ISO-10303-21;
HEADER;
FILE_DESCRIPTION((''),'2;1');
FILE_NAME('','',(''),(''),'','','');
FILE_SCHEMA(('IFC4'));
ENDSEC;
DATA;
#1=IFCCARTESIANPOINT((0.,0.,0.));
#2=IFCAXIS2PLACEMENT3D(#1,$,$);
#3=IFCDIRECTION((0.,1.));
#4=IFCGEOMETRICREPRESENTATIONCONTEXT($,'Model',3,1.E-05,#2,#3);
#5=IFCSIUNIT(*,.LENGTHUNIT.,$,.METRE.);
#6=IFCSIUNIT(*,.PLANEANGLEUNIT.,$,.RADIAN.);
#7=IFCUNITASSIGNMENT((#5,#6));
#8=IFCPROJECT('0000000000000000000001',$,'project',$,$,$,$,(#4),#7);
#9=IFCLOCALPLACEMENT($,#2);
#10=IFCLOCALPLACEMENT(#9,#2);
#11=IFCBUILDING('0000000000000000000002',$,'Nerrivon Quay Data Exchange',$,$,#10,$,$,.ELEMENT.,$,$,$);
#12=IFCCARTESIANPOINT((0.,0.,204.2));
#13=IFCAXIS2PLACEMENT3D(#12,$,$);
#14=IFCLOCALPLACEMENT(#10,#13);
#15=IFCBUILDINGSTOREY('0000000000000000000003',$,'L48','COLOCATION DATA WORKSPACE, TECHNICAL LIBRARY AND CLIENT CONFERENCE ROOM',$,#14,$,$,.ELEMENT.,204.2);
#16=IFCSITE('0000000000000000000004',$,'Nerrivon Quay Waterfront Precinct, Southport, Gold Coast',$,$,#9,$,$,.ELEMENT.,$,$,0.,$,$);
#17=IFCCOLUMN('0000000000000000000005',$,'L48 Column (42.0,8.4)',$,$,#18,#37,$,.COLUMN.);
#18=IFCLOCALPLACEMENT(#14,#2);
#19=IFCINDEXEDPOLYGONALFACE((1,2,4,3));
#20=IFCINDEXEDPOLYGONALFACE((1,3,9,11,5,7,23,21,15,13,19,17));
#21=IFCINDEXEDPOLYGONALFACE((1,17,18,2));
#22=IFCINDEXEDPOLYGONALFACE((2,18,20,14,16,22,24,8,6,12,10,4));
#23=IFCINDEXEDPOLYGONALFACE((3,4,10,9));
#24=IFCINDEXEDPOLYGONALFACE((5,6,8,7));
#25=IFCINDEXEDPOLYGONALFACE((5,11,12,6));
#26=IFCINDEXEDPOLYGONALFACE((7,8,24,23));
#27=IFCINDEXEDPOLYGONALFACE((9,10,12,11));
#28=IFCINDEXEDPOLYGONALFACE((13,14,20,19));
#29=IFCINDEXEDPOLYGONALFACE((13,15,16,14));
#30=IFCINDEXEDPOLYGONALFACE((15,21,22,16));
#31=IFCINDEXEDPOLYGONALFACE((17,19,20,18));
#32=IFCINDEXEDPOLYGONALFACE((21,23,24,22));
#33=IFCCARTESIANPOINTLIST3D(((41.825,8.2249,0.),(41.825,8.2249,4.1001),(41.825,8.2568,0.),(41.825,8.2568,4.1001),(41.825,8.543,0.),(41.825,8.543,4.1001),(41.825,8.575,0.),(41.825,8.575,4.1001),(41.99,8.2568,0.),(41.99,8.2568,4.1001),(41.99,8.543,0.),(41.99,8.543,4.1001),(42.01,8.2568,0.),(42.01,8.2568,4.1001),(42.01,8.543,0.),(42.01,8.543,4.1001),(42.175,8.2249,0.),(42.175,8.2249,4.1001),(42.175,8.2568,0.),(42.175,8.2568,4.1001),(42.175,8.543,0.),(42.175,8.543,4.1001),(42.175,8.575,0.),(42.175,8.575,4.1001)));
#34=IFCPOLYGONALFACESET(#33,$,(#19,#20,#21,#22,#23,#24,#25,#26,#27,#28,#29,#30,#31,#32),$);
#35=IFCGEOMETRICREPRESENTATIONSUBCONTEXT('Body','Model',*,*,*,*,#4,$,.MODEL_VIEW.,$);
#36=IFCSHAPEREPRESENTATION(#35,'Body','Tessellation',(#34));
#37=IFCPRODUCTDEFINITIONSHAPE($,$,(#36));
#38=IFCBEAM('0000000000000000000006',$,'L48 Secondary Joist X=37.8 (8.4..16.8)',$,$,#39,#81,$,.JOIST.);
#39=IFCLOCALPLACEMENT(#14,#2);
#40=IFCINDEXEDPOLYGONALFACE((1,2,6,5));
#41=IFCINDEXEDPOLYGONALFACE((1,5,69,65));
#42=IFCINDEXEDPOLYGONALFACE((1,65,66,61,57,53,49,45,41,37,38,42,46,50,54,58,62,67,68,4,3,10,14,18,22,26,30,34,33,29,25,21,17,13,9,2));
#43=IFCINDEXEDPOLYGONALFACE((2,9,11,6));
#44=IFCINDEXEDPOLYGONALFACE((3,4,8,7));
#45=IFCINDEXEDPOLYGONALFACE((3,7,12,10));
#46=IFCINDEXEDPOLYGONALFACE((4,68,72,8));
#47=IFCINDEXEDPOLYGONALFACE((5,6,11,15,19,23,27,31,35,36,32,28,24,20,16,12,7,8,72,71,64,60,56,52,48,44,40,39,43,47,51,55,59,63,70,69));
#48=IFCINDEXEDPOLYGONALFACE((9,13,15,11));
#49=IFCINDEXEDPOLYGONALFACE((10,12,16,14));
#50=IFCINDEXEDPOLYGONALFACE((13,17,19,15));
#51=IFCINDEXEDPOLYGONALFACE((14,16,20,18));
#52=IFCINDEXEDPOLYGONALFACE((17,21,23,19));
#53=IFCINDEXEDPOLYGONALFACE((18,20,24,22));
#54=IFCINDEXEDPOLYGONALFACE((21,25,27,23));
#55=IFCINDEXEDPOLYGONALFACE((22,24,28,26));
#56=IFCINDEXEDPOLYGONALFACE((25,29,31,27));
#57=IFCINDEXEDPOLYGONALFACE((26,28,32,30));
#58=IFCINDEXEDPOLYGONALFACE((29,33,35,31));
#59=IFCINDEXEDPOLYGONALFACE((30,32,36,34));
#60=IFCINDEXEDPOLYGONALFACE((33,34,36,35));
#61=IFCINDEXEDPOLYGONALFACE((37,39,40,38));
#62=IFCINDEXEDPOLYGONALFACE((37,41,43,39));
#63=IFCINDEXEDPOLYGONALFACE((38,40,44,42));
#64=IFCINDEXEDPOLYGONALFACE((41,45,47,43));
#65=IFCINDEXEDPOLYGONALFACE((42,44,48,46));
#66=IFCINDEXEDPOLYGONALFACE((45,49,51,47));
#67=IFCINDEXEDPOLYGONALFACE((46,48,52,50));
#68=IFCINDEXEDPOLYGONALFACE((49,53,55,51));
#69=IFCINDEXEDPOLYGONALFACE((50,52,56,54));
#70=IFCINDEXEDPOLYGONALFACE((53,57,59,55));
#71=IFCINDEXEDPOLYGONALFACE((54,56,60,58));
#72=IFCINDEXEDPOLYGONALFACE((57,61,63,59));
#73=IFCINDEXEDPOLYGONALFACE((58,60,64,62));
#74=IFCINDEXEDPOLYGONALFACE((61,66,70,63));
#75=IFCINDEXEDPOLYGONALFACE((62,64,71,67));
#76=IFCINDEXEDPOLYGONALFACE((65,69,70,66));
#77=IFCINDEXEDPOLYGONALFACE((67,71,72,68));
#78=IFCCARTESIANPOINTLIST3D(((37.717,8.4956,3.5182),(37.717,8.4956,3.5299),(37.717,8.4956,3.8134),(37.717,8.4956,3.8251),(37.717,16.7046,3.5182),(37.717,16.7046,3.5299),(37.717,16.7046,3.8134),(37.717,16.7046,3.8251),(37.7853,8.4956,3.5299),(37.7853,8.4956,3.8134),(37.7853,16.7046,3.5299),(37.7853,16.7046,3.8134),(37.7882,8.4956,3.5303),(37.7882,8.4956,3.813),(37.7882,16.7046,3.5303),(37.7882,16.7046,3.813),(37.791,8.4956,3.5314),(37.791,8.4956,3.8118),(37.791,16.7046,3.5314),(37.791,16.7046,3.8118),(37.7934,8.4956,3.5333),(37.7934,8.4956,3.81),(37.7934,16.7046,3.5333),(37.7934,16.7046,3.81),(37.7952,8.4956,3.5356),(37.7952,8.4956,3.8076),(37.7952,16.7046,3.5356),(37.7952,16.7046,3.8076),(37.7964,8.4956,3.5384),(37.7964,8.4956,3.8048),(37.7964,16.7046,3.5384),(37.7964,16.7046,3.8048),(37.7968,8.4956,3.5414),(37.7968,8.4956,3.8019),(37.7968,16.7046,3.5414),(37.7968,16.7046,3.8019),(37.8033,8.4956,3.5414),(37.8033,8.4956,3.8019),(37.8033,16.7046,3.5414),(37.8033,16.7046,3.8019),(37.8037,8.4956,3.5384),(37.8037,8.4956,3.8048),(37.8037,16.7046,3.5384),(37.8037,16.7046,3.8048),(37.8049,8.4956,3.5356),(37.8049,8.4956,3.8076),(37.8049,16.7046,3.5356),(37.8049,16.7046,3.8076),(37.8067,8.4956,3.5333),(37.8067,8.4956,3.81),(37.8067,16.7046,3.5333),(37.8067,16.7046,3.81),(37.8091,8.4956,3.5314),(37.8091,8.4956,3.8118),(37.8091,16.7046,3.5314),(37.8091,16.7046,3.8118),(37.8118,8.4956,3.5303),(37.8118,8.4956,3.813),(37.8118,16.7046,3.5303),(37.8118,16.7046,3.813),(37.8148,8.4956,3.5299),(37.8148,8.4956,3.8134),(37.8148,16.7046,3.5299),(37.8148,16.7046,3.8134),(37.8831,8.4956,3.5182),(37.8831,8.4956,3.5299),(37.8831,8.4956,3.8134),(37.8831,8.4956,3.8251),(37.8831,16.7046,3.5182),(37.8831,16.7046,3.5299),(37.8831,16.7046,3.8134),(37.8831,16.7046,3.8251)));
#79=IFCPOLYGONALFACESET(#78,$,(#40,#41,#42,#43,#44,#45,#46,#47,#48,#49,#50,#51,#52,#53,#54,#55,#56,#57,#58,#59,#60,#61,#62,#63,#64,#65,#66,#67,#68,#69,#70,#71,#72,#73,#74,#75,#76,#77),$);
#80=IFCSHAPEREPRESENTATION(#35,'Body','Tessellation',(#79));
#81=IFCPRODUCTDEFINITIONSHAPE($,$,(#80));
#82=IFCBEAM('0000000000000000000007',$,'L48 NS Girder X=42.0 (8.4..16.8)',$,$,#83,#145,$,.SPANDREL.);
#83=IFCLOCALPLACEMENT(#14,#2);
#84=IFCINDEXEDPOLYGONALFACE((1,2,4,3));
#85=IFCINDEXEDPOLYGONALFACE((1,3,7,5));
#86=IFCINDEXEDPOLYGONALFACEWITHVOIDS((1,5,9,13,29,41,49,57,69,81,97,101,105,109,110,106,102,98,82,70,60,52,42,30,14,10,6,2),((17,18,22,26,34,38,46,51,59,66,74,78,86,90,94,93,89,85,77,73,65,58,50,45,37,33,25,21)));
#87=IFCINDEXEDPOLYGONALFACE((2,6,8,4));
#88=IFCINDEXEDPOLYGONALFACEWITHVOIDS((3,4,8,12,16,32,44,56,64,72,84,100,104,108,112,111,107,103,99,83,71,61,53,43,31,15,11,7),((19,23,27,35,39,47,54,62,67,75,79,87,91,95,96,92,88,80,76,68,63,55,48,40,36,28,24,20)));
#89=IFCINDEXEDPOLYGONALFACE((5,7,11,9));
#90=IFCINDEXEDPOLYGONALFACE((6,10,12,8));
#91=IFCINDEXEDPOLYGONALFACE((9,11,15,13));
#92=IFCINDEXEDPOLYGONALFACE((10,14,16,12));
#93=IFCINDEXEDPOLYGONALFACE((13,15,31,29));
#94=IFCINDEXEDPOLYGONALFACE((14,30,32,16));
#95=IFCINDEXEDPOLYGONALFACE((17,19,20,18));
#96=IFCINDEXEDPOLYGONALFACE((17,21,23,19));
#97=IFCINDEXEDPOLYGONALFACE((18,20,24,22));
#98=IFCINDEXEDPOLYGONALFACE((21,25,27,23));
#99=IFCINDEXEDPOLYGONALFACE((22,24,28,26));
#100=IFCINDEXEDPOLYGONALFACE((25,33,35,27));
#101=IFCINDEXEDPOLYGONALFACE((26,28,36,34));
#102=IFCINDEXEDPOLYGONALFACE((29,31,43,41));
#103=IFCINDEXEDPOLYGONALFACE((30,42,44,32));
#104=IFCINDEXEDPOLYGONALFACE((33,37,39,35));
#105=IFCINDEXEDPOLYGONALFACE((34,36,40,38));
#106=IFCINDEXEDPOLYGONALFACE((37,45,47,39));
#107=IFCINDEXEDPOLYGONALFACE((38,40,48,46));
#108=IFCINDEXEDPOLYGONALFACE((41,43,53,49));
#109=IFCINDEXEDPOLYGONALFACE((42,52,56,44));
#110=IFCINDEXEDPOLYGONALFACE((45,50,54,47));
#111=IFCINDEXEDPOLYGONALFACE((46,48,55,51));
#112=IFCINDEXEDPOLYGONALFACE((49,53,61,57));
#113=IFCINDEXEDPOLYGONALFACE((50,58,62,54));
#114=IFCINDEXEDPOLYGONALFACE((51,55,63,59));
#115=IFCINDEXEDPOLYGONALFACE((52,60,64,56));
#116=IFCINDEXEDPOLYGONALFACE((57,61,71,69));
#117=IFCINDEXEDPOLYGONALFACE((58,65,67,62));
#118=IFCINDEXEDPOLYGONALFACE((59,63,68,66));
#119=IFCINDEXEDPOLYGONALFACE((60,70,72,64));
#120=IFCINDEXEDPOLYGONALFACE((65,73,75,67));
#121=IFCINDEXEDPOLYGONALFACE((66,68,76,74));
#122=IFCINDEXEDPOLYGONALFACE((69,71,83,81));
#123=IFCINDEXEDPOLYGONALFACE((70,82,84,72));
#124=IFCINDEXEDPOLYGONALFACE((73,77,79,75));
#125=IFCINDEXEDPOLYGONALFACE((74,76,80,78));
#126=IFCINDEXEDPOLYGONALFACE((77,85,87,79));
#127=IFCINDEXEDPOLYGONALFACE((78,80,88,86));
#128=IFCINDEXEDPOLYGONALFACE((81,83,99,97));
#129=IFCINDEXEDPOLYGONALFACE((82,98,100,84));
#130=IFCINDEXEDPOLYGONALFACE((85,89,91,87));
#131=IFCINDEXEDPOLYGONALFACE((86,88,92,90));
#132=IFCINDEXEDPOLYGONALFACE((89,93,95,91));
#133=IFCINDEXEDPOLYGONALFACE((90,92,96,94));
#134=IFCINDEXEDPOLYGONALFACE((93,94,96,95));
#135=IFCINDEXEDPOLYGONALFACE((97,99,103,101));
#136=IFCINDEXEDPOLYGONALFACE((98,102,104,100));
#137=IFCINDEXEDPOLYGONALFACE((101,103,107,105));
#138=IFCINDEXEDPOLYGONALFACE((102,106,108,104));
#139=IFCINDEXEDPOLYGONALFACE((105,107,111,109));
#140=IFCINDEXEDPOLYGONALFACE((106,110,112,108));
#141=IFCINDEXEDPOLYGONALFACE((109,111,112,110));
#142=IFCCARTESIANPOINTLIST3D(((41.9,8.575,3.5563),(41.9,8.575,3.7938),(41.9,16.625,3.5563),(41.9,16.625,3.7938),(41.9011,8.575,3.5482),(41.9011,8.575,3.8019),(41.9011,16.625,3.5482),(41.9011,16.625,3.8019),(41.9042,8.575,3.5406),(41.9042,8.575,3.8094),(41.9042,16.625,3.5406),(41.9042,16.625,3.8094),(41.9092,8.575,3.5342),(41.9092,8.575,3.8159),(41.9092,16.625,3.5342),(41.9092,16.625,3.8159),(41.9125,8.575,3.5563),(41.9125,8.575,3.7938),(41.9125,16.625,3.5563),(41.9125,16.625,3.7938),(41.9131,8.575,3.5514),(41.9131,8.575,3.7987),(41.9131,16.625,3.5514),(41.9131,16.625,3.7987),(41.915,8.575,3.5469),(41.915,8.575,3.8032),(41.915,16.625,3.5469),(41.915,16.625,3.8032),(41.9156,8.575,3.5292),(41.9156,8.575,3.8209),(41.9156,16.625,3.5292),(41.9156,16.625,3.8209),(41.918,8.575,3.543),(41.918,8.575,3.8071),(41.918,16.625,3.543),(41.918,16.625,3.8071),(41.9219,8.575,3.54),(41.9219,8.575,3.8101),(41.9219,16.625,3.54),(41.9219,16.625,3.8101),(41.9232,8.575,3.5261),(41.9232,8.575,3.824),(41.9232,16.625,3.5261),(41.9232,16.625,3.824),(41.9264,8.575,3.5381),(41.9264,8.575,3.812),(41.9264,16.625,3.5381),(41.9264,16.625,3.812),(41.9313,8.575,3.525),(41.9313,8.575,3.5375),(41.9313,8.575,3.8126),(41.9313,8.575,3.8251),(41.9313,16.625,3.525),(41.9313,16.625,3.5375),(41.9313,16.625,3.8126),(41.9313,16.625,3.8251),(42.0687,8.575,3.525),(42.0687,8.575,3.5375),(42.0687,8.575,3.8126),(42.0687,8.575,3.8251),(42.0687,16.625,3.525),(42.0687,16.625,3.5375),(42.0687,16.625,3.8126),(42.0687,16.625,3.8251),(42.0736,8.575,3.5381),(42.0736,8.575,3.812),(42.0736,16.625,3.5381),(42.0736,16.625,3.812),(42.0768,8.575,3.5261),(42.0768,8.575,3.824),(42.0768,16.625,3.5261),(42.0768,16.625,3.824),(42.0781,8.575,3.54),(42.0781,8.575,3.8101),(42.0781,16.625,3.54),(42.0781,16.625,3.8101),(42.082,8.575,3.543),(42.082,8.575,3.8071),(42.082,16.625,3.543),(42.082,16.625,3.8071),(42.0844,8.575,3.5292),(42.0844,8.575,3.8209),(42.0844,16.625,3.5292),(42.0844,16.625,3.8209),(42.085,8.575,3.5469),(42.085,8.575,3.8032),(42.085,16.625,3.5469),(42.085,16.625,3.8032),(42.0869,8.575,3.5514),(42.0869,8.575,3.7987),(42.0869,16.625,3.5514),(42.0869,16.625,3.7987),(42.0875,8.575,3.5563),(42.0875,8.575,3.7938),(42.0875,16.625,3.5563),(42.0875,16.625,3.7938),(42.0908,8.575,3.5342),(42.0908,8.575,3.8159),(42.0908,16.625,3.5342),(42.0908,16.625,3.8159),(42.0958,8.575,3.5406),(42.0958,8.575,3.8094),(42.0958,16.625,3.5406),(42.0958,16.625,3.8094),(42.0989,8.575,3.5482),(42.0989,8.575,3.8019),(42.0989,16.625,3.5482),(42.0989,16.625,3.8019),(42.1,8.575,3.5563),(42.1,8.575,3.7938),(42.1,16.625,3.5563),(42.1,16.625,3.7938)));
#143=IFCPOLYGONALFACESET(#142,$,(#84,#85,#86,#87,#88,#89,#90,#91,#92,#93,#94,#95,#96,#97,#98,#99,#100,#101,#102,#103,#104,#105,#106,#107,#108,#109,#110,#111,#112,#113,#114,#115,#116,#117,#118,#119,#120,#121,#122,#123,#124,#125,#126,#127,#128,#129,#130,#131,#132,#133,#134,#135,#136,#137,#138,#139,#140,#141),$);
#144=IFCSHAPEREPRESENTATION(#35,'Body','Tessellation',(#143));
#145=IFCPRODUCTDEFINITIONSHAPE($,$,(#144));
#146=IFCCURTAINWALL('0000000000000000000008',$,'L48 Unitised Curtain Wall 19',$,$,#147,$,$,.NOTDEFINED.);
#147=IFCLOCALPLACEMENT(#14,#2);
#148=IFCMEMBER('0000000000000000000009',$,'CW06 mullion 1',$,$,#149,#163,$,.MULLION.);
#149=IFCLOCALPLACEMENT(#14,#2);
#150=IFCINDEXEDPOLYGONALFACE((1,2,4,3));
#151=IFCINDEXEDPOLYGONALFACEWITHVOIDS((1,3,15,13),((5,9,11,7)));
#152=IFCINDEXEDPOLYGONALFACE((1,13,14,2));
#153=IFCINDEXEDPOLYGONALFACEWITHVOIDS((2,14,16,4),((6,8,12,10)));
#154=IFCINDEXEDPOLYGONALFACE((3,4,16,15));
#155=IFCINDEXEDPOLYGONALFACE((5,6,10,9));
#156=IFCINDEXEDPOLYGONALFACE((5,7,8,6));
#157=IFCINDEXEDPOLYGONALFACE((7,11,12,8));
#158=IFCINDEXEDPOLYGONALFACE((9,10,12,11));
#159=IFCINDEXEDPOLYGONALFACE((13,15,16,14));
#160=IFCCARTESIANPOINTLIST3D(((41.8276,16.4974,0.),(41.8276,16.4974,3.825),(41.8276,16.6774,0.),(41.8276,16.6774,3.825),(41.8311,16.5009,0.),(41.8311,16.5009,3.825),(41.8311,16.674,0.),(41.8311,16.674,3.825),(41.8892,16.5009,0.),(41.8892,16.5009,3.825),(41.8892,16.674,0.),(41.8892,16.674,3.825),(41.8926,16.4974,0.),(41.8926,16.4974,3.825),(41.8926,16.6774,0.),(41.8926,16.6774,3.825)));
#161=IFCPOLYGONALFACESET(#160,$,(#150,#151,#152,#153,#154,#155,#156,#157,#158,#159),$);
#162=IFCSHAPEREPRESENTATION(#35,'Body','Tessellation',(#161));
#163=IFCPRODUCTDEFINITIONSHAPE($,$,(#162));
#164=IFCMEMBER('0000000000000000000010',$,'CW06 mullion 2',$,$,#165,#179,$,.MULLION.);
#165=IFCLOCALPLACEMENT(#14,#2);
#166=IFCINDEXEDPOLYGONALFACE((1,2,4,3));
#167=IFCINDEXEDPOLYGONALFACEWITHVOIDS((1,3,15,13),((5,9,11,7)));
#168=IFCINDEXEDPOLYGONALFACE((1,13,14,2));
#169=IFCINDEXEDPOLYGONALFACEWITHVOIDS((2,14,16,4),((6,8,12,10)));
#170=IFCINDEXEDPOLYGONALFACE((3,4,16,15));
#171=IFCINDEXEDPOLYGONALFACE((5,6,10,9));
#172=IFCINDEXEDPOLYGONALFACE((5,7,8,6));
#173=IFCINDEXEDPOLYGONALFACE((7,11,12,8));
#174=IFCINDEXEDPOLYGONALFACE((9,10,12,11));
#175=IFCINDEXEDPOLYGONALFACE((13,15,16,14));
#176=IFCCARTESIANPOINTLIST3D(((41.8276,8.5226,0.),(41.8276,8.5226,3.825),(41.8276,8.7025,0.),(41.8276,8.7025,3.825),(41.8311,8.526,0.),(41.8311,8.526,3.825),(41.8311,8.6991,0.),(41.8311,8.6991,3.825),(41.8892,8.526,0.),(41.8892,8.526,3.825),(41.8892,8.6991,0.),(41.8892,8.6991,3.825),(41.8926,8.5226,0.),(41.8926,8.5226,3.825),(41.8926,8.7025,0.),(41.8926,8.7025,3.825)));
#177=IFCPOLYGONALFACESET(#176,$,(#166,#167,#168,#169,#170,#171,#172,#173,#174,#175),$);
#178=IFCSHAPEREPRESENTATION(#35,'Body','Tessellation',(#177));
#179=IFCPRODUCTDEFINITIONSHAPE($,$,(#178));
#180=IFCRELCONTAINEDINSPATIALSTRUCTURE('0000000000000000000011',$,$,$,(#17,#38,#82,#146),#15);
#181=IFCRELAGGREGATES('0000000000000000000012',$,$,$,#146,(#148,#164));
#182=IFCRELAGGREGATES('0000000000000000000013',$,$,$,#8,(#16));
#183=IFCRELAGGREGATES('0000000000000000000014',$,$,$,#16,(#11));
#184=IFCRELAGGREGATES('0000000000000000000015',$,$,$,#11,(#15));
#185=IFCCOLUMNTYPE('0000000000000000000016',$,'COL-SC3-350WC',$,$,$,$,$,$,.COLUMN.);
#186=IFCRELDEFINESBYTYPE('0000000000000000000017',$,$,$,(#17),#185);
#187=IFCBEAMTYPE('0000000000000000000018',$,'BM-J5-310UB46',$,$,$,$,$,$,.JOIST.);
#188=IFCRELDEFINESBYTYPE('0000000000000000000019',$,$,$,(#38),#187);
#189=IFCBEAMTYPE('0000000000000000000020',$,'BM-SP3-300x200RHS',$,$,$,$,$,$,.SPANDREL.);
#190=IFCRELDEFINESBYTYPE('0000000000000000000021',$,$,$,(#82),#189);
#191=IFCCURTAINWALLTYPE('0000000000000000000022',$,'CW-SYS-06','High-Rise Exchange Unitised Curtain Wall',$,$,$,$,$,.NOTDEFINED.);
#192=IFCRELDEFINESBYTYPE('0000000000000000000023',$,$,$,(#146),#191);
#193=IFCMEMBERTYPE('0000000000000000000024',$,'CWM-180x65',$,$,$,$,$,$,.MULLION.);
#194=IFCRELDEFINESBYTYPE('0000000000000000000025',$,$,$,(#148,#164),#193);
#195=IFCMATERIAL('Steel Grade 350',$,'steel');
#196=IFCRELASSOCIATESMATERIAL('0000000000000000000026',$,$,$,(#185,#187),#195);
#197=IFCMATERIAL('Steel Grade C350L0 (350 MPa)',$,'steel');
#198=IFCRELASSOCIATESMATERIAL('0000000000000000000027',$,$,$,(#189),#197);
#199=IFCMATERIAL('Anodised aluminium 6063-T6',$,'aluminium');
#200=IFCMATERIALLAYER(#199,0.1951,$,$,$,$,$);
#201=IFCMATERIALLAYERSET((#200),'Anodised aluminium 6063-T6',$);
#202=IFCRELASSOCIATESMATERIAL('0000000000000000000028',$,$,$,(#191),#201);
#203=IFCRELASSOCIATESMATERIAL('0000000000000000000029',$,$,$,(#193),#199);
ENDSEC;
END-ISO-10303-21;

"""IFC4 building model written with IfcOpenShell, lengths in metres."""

from ifc_helpers import new_model, si_unit, direction, frame, origin, origin_2d, place, context, subcontext, project, spatial, hollow_rectangle, i_section, extrude, material, layer, layer_set, material_profile, profile_set, type_object, element, aggregate, save


model = new_model("IFC4")

# Units and contexts
model_context = context("Model", 3, precision=1e-05, world=origin(), true_north=direction((0.0, 1.0)))
body_context = subcontext(model_context, "Body", "Model", "MODEL_VIEW")
ifc_project = project(units=[si_unit("LENGTHUNIT", "METRE"), si_unit("PLANEANGLEUNIT", "RADIAN")], contexts=[model_context])

# Site, building, storey
site_placement = place(None, origin())
site = spatial("IfcSite", under=ifc_project, at=site_placement, Name="Nerrivon Quay Waterfront Precinct, Southport, Gold Coast", CompositionType="ELEMENT", RefElevation=0.0)
building_placement = place(site_placement, origin())
building = spatial("IfcBuilding", under=site, at=building_placement, Name="Nerrivon Quay Data Exchange", CompositionType="ELEMENT")
storey_placement = place(building_placement, frame((0.0, 0.0, 204.2)))
storey = spatial("IfcBuildingStorey", under=building, at=storey_placement, Name="L48", Description="COLOCATION DATA WORKSPACE, TECHNICAL LIBRARY AND CLIENT CONFERENCE ROOM", CompositionType="ELEMENT", Elevation=204.2)

# Column
ifc_material_1 = material(Name="Steel Grade 350", Category="steel")
ifc_material_profile_1 = material_profile(ifc_material_1, i_section(OverallWidth=0.3501, OverallDepth=0.3501, WebThickness=0.02, FlangeThickness=0.032, at=origin_2d()), Name="350WC230")
ifc_profile_set_1 = profile_set([ifc_material_profile_1], Name="Steel Grade 350")
column_type = type_object("IfcColumnType", Name="COL-SC3-350WC", PredefinedType="COLUMN", material=ifc_profile_set_1)
column_placement = place(storey_placement, frame((42.0, 8.3999, 0.0), z_axis=(0.0, 0.0, 1.0), x_axis=(1.0, 0.0, 0.0)))
element("IfcColumn", 1, at=column_placement, inside=storey, type_object=column_type, Name="L48 Column (42.0,8.4)", PredefinedType="COLUMN", context=body_context, shape_type="SweptSolid", body=[
    extrude(i_section(OverallWidth=0.3501, OverallDepth=0.3501, WebThickness=0.02, FlangeThickness=0.032, at=origin_2d()), origin(), (0.0, 0.0, 1.0), 4.1001),
])

# Beams
ifc_material_profile_2 = material_profile(ifc_material_1, i_section(OverallWidth=0.166, OverallDepth=0.3069, WebThickness=0.0066, FlangeThickness=0.0117, FilletRadius=0.0115, at=origin_2d()), Name="310UB46.2")
ifc_profile_set_2 = profile_set([ifc_material_profile_2], Name="Steel Grade 350")
beam_type_1 = type_object("IfcBeamType", Name="BM-J5-310UB46", PredefinedType="JOIST", material=ifc_profile_set_2)
beam_1_placement = place(storey_placement, frame((37.8, 8.4956, 3.6716), z_axis=(0.0, 1.0, 0.0), x_axis=(-1.0, 0.0, 0.0)))
element("IfcBeam", 2, at=beam_1_placement, inside=storey, type_object=beam_type_1, Name="L48 Secondary Joist X=37.8 (8.4..16.8)", PredefinedType="JOIST", context=body_context, shape_type="SweptSolid", body=[
    extrude(i_section(OverallWidth=0.166, OverallDepth=0.3069, WebThickness=0.0066, FlangeThickness=0.0117, FilletRadius=0.0115, at=origin_2d()), origin(), (0.0, 0.0, 1.0), 8.209),
])
ifc_material_2 = material(Name="Steel Grade C350L0 (350 MPa)", Category="steel")
ifc_material_profile_3 = material_profile(ifc_material_2, hollow_rectangle(XDim=0.2, YDim=0.3, WallThickness=0.0125, InnerFilletRadius=0.0188, OuterFilletRadius=0.0312, at=origin_2d()), Name="300x200x12.5RHS")
ifc_profile_set_3 = profile_set([ifc_material_profile_3], Name="Steel Grade C350L0 (350 MPa)")
beam_type_2 = type_object("IfcBeamType", Name="BM-SP3-300x200RHS", PredefinedType="SPANDREL", material=ifc_profile_set_3)
beam_2_placement = place(storey_placement, frame((42.0, 8.575, 3.675), z_axis=(0.0, 1.0, 0.0), x_axis=(-1.0, 0.0, 0.0)))
element("IfcBeam", 3, at=beam_2_placement, inside=storey, type_object=beam_type_2, Name="L48 NS Girder X=42.0 (8.4..16.8)", PredefinedType="SPANDREL", context=body_context, shape_type="SweptSolid", body=[
    extrude(hollow_rectangle(XDim=0.2, YDim=0.3, WallThickness=0.0125, InnerFilletRadius=0.0188, OuterFilletRadius=0.0312, at=origin_2d()), origin(), (0.0, 0.0, 1.0), 8.05),
])

# Curtain wall, members
ifc_material_3 = material(Name="Anodised aluminium 6063-T6", Category="aluminium")
ifc_layer_1 = layer(ifc_material_3, 0.1951)
ifc_layer_set_1 = layer_set([ifc_layer_1], Name="Anodised aluminium 6063-T6")
curtain_wall_type = type_object("IfcCurtainWallType", Name="CW-SYS-06", Description="High-Rise Exchange Unitised Curtain Wall", PredefinedType="NOTDEFINED", material=ifc_layer_set_1)
curtain_wall_1_placement = place(storey_placement, origin())
curtain_wall_1 = element("IfcCurtainWall", 4, at=curtain_wall_1_placement, inside=storey, type_object=curtain_wall_type, Name="L48 Unitised Curtain Wall 19", PredefinedType="NOTDEFINED")
ifc_material_profile_4 = material_profile(ifc_material_3, hollow_rectangle(XDim=0.0649, YDim=0.1799, WallThickness=0.0034, at=origin_2d()), Name="ALU-MULL-180x65")
ifc_profile_set_4 = profile_set([ifc_material_profile_4], Name="Anodised aluminium 6063-T6")
member_type_1 = type_object("IfcMemberType", Name="CWM-180x65", PredefinedType="MULLION", material=ifc_profile_set_4)
member_1_placement = place(storey_placement, frame((41.8601, 16.5874, 0.0), z_axis=(0.0, 0.0, 1.0), x_axis=(1.0, 0.0, 0.0)))
member_1 = element("IfcMember", 5, at=member_1_placement, type_object=member_type_1, Name="CW06 mullion 1", PredefinedType="MULLION", context=body_context, shape_type="SweptSolid", body=[
    extrude(hollow_rectangle(XDim=0.0649, YDim=0.1799, WallThickness=0.0034, at=origin_2d()), origin(), (0.0, 0.0, 1.0), 3.825),
])
member_2_placement = place(storey_placement, frame((41.8601, 8.6125, 0.0), z_axis=(0.0, 0.0, 1.0), x_axis=(1.0, 0.0, 0.0)))
member_2 = element("IfcMember", 6, at=member_2_placement, type_object=member_type_1, Name="CW06 mullion 2", PredefinedType="MULLION", context=body_context, shape_type="SweptSolid", body=[
    extrude(hollow_rectangle(XDim=0.0649, YDim=0.1799, WallThickness=0.0034, at=origin_2d()), origin(), (0.0, 0.0, 1.0), 3.825),
])

aggregate(curtain_wall_1, [member_1, member_2])

save(model, "model.ifc")
